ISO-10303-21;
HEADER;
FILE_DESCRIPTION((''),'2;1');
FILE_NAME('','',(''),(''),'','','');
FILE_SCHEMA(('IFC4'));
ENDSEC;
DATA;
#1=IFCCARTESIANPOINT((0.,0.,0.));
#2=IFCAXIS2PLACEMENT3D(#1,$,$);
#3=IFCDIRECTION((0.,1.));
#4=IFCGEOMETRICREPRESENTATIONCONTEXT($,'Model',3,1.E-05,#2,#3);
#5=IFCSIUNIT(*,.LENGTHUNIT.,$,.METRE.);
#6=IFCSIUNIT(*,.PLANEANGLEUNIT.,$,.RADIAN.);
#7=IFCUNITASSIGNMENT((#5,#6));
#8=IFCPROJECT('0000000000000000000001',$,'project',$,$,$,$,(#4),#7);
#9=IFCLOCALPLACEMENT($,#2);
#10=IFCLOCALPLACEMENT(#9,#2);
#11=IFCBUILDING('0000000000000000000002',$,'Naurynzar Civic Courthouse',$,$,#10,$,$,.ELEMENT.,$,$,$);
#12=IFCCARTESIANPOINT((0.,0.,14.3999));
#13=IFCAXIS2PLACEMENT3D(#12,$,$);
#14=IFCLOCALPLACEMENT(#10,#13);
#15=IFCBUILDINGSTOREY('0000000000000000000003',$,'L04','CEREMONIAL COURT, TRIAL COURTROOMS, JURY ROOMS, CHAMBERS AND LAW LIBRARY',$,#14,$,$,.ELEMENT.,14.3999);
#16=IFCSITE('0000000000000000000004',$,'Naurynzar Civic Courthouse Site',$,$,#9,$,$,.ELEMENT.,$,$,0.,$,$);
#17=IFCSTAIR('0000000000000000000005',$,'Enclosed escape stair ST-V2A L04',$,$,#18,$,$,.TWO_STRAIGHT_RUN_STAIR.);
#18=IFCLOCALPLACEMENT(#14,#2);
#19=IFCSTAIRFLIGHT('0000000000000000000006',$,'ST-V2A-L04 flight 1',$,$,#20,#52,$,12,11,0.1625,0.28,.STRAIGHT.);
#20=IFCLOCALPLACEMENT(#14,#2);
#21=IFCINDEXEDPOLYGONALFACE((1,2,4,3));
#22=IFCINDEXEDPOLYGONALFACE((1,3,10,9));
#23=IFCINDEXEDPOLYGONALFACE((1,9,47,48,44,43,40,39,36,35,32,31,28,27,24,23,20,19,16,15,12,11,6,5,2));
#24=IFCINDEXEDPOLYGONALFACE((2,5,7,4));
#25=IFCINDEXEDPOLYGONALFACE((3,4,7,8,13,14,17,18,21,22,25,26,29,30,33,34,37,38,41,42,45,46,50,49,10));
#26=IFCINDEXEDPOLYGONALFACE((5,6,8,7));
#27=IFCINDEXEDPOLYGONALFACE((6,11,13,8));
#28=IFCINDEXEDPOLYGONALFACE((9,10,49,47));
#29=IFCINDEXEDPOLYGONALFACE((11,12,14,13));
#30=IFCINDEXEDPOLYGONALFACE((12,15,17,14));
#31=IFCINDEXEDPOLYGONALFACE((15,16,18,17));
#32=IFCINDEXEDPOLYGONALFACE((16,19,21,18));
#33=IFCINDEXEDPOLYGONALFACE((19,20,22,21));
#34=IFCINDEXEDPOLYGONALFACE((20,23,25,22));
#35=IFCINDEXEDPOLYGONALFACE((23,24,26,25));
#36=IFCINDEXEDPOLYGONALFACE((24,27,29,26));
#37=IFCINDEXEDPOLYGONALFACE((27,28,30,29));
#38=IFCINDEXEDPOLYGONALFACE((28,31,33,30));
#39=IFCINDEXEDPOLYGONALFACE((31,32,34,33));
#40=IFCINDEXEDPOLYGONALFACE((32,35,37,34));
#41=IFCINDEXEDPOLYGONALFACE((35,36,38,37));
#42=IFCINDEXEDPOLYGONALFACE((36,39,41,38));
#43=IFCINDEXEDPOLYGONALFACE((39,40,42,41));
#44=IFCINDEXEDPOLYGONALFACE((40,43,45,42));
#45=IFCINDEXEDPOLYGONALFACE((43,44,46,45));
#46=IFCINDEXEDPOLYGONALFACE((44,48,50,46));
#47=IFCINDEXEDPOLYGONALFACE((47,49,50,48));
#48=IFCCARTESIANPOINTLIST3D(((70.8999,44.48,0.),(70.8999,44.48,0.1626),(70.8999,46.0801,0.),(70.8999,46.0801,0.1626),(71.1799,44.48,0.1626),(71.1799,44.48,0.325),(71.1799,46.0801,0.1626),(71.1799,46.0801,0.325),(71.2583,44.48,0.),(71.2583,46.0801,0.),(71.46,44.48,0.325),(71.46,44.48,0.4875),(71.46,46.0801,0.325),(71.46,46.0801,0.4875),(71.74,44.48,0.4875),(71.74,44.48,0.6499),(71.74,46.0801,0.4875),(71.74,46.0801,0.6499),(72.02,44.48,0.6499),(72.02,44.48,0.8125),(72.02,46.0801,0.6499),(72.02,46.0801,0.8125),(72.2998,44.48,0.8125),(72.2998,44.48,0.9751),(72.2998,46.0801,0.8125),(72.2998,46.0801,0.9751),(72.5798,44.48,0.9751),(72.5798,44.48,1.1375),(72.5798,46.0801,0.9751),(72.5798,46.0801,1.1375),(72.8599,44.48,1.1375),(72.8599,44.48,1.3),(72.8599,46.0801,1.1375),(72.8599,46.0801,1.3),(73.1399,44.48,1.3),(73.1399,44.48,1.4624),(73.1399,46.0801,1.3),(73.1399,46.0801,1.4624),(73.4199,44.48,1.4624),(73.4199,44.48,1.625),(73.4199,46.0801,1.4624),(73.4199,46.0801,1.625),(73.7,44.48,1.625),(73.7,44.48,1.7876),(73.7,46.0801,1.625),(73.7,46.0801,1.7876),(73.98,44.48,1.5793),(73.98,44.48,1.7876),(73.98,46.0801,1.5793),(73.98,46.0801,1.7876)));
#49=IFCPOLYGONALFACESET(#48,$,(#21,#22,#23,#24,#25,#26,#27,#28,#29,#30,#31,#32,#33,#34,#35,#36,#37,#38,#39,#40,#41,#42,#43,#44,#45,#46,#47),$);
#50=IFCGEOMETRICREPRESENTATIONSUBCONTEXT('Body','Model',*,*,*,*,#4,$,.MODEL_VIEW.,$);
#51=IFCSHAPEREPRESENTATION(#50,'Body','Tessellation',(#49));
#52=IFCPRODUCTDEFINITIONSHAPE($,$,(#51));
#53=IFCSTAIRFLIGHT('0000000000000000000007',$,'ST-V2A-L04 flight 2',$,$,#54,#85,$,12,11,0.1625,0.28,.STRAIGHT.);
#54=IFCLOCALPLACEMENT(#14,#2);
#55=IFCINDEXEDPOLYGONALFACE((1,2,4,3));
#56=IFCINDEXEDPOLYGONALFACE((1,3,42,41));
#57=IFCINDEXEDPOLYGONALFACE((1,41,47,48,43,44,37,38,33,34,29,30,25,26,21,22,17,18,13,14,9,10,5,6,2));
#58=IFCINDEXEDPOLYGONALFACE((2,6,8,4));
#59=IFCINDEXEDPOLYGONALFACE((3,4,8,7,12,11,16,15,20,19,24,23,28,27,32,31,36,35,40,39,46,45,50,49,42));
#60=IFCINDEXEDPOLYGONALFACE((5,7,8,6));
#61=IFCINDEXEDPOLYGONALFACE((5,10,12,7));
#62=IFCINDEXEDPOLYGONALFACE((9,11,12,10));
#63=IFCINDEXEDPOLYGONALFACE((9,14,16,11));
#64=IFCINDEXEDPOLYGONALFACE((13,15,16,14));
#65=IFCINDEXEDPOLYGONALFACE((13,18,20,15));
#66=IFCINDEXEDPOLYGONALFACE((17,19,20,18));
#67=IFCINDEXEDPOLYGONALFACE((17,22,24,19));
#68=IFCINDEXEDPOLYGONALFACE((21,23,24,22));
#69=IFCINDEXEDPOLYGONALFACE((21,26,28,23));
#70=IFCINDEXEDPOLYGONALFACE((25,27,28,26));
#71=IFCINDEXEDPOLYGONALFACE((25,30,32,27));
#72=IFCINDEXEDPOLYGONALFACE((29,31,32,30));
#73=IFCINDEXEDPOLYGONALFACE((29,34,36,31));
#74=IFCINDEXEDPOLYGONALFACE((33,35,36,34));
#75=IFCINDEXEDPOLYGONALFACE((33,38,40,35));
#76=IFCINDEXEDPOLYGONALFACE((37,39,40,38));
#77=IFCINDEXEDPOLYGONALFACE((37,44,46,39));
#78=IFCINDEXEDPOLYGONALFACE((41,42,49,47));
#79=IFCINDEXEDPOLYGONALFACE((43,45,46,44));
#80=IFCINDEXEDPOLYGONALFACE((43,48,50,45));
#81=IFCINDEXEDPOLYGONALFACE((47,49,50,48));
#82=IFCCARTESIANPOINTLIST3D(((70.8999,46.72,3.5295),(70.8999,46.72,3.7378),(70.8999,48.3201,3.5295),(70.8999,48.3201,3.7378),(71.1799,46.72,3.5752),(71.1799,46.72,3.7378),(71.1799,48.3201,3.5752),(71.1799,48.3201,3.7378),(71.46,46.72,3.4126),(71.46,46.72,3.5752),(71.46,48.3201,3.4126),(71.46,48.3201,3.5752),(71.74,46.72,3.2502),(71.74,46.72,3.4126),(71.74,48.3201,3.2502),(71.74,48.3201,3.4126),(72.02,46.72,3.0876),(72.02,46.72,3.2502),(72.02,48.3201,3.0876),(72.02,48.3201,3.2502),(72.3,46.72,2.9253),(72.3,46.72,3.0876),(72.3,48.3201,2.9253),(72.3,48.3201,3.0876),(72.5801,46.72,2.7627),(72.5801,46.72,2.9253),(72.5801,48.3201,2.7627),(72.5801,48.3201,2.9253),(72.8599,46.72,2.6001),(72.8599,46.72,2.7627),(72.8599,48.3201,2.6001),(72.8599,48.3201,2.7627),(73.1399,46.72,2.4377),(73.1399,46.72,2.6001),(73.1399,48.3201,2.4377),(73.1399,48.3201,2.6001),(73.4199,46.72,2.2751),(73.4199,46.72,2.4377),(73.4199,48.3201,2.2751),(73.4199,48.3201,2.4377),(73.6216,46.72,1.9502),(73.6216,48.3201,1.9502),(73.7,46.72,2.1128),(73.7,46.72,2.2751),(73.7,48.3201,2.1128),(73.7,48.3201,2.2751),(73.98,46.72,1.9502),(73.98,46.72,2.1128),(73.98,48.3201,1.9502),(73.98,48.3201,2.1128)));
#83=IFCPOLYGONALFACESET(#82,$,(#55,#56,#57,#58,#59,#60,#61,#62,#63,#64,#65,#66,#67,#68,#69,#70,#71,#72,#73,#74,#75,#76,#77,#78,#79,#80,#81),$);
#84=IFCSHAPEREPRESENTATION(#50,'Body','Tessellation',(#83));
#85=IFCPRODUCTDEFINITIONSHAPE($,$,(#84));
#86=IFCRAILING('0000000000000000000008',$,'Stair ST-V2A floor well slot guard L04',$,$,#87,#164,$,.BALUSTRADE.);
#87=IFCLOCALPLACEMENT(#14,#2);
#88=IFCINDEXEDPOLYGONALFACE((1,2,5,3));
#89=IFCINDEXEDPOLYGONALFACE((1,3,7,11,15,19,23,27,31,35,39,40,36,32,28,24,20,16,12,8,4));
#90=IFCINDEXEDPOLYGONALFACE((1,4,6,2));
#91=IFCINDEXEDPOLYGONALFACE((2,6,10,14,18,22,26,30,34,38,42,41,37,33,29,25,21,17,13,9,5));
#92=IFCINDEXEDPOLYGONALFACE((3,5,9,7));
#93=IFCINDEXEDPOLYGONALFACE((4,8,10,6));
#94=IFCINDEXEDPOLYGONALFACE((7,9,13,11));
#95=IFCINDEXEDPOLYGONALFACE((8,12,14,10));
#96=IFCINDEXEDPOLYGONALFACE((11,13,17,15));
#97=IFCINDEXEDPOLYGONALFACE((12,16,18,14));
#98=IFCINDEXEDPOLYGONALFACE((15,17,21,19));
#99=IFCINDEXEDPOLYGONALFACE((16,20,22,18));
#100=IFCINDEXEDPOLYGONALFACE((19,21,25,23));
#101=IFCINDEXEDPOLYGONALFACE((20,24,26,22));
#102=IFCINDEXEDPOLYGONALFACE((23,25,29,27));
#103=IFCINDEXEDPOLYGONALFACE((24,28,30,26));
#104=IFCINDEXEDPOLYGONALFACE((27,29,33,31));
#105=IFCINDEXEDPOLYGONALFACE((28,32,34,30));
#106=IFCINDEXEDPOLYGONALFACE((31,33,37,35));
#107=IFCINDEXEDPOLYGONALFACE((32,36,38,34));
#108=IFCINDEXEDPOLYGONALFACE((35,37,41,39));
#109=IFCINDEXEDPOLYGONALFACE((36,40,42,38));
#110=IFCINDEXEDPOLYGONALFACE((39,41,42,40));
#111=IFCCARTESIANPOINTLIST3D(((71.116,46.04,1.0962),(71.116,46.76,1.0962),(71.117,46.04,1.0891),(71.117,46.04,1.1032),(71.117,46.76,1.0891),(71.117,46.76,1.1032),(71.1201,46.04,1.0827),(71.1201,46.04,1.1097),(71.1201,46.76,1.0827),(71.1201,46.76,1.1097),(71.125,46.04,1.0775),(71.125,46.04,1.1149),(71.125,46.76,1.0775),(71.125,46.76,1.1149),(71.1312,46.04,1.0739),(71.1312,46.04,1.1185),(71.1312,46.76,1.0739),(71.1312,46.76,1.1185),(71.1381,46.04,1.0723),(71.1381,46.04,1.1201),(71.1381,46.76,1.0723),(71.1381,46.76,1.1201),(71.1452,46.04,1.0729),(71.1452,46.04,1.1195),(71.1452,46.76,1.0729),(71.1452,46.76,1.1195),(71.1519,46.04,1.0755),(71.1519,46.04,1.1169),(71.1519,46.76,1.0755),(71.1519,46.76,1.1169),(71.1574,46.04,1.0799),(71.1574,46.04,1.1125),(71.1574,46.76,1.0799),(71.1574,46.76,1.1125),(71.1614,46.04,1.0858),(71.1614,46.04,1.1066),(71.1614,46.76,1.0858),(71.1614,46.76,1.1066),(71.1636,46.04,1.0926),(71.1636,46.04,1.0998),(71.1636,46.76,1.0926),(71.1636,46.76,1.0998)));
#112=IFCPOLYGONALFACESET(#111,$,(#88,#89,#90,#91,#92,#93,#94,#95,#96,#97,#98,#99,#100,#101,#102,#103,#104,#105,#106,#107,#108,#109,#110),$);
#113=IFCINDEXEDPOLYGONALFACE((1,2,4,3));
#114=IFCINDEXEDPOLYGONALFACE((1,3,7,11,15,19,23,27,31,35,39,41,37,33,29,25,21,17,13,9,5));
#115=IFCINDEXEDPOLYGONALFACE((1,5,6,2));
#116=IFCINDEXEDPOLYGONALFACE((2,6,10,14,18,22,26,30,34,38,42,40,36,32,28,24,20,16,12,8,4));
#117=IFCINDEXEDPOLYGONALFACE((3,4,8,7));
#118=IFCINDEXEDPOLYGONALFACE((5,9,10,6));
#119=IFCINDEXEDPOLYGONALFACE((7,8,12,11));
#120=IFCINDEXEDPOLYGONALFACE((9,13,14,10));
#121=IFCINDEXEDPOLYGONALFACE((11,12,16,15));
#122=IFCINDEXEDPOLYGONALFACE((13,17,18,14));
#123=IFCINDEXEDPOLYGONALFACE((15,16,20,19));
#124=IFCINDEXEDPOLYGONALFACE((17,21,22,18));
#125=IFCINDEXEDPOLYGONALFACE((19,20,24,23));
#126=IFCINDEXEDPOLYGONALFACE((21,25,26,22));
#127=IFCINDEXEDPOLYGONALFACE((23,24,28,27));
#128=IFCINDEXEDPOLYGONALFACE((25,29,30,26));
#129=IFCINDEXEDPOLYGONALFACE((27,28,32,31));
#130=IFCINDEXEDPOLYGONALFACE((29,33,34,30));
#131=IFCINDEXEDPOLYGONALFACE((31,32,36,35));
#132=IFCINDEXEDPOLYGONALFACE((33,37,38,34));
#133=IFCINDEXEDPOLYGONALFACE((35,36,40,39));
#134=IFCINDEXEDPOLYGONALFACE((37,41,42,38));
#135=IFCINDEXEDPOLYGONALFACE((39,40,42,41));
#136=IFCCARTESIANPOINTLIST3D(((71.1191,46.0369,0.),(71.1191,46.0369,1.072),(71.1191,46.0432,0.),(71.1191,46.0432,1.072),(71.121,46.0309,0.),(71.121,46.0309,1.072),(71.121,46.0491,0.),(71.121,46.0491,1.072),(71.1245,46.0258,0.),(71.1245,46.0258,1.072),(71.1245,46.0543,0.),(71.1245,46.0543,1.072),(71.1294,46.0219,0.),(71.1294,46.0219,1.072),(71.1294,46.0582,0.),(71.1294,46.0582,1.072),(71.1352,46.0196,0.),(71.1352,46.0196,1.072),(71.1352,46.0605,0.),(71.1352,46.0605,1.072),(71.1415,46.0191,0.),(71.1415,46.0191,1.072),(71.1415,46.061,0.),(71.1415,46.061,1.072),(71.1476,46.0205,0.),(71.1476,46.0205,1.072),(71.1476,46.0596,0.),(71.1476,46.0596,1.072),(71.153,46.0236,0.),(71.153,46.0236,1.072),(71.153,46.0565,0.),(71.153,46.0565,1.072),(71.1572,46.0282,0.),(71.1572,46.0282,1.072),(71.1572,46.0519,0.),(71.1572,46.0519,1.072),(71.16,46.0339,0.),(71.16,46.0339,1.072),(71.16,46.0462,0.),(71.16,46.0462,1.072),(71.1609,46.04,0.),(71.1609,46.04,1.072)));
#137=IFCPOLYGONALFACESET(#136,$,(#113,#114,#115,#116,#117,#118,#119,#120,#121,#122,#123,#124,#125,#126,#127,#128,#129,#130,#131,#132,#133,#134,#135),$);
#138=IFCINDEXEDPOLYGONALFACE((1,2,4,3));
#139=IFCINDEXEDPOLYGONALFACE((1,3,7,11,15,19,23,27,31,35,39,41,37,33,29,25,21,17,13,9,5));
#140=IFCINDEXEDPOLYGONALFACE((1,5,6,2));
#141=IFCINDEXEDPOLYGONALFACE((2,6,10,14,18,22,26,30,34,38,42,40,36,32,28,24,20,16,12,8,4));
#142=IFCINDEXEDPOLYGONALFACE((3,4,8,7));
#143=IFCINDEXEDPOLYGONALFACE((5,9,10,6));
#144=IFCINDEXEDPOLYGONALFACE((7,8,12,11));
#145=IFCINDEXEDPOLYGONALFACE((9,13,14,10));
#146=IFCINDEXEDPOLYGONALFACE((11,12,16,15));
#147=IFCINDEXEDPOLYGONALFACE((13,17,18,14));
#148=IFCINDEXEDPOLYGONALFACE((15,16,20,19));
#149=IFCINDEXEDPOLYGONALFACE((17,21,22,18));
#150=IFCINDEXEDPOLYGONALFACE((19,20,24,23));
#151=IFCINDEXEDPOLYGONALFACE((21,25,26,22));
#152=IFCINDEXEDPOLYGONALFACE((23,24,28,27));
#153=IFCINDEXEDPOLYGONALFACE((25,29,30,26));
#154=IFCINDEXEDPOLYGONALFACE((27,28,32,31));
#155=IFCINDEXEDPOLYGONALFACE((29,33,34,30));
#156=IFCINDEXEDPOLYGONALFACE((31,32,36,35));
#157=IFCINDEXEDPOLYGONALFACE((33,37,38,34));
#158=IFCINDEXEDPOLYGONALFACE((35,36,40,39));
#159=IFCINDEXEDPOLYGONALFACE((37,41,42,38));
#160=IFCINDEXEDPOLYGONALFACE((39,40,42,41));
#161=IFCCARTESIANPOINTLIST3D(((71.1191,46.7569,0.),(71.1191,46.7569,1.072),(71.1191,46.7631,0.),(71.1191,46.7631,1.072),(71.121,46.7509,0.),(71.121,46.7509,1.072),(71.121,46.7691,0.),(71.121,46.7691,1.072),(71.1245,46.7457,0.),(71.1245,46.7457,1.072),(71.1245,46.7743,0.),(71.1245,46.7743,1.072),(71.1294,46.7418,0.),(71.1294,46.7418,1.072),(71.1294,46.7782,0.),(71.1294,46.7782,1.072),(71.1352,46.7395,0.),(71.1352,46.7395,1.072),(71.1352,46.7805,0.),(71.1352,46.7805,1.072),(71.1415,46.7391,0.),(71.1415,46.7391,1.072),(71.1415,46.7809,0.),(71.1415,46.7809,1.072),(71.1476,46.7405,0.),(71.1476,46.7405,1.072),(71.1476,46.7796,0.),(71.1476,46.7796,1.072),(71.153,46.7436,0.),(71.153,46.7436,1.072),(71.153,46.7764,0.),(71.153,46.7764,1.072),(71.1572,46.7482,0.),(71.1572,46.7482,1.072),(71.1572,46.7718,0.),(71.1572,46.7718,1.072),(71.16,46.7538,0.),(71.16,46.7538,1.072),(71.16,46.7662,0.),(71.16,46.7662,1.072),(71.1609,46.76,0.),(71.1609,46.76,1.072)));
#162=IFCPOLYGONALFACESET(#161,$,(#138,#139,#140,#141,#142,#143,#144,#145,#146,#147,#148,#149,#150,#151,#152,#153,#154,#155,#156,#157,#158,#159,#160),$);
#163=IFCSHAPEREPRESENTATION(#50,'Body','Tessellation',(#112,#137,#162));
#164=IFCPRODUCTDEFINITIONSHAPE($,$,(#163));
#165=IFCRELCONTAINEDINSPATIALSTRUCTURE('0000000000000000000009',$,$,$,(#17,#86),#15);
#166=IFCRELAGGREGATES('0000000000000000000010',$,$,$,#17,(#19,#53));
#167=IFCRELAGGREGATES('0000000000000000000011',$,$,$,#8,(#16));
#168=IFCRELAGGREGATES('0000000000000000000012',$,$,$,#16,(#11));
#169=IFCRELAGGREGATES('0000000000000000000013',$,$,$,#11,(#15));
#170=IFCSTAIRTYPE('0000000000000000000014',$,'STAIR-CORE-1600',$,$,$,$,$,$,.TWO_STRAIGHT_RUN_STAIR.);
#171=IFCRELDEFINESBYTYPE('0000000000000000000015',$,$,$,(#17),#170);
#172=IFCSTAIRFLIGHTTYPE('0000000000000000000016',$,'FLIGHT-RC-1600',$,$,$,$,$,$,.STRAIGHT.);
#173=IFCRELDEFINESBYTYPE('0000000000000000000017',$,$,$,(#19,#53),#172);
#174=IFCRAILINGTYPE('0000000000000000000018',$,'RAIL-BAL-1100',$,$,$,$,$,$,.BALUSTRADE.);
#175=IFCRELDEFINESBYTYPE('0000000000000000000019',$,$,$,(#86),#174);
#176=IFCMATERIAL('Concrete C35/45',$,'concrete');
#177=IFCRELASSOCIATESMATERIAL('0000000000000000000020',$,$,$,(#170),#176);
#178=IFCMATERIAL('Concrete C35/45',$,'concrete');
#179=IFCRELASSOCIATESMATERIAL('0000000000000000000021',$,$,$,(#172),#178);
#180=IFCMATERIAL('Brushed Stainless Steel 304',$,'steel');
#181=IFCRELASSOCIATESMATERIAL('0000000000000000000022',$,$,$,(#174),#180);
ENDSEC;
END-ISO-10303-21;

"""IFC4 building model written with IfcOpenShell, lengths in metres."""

from ifc_helpers import new_model, si_unit, direction, frame, origin, origin_2d, place, context, subcontext, project, spatial, polyline, circle, outline, extrude, material, type_object, element, aggregate, save


model = new_model("IFC4")

# Units and contexts
model_context = context("Model", 3, precision=1e-05, world=origin(), true_north=direction((0.0, 1.0)))
body_context = subcontext(model_context, "Body", "Model", "MODEL_VIEW")
ifc_project = project(units=[si_unit("LENGTHUNIT", "METRE"), si_unit("PLANEANGLEUNIT", "RADIAN")], contexts=[model_context])

# Site, building, storey
site_placement = place(None, origin())
site = spatial("IfcSite", under=ifc_project, at=site_placement, Name="Naurynzar Civic Courthouse Site", CompositionType="ELEMENT", RefElevation=0.0)
building_placement = place(site_placement, origin())
building = spatial("IfcBuilding", under=site, at=building_placement, Name="Naurynzar Civic Courthouse", CompositionType="ELEMENT")
storey_placement = place(building_placement, frame((0.0, 0.0, 14.3999)))
storey = spatial("IfcBuildingStorey", under=building, at=storey_placement, Name="L04", Description="CEREMONIAL COURT, TRIAL COURTROOMS, JURY ROOMS, CHAMBERS AND LAW LIBRARY", CompositionType="ELEMENT", Elevation=14.3999)

# Stair, stair flights
ifc_material_1 = material(Name="Concrete C35/45", Category="concrete")
stair_type = type_object("IfcStairType", Name="STAIR-CORE-1600", PredefinedType="TWO_STRAIGHT_RUN_STAIR", material=ifc_material_1)
stair_placement = place(storey_placement, origin())
stair = element("IfcStair", 1, at=stair_placement, inside=storey, type_object=stair_type, Name="Enclosed escape stair ST-V2A L04", PredefinedType="TWO_STRAIGHT_RUN_STAIR")
ifc_material_2 = material(Name="Concrete C35/45", Category="concrete")
stair_flight_type = type_object("IfcStairFlightType", Name="FLIGHT-RC-1600", PredefinedType="STRAIGHT", material=ifc_material_2)
stair_flight_1_placement = place(storey_placement, frame((70.8999, 45.28, 0.0), z_axis=(0.0, 0.0, 1.0), x_axis=(1.0, 0.0, 0.0)))
stair_flight_1 = element("IfcStairFlight", 2, at=stair_flight_1_placement, type_object=stair_flight_type, Name="ST-V2A-L04 flight 1", NumberOfRisers=12, NumberOfTreads=11, PredefinedType="STRAIGHT", RiserHeight=0.1625, TreadLength=0.28, context=body_context, shape_type="SweptSolid", body=[
    extrude(outline(polyline([(0.0, 0.0), (0.0, 0.1626), (0.28, 0.1626), (0.28, 0.325), (0.5601, 0.325), (0.5601, 0.4875), (0.8401, 0.4875), (0.8401, 0.6499), (1.1201, 0.6499), (1.1201, 0.8125), (1.3999, 0.8125), (1.3999, 0.9751), (1.6799, 0.9751), (1.6799, 1.1375), (1.96, 1.1375), (1.96, 1.3), (2.24, 1.3), (2.24, 1.4624), (2.52, 1.4624), (2.52, 1.625), (2.8, 1.625), (2.8, 1.7876), (3.0801, 1.7876), (3.0801, 1.95), (3.0801, 1.5793), (0.3584, 0.0), (0.0, 0.0)])), frame((0.0, 0.8, 0.0), z_axis=(0.0, -1.0, 0.0), x_axis=(1.0, 0.0, 0.0)), (0.0, 0.0, 1.0), 1.6001),
])
stair_flight_2_placement = place(storey_placement, frame((73.98, 47.52, 1.9502), z_axis=(0.0, 0.0, 1.0), x_axis=(-1.0, 0.0, 0.0)))
stair_flight_2 = element("IfcStairFlight", 3, at=stair_flight_2_placement, type_object=stair_flight_type, Name="ST-V2A-L04 flight 2", NumberOfRisers=12, NumberOfTreads=11, PredefinedType="STRAIGHT", RiserHeight=0.1625, TreadLength=0.28, context=body_context, shape_type="SweptSolid", body=[
    extrude(outline(polyline([(0.0, 0.0), (0.0, 0.1626), (0.28, 0.1626), (0.28, 0.325), (0.5601, 0.325), (0.5601, 0.4875), (0.8401, 0.4875), (0.8401, 0.6499), (1.1201, 0.6499), (1.1201, 0.8125), (1.3999, 0.8125), (1.3999, 0.9751), (1.6799, 0.9751), (1.6799, 1.1375), (1.96, 1.1375), (1.96, 1.3), (2.24, 1.3), (2.24, 1.4624), (2.52, 1.4624), (2.52, 1.625), (2.8, 1.625), (2.8, 1.7876), (3.0801, 1.7876), (3.0801, 1.95), (3.0801, 1.5793), (0.3584, 0.0), (0.0, 0.0)])), frame((0.0, 0.8, 0.0), z_axis=(0.0, -1.0, 0.0), x_axis=(1.0, 0.0, 0.0)), (0.0, 0.0, 1.0), 1.6001),
])
aggregate(stair, [stair_flight_1, stair_flight_2])

# Railing
ifc_material_3 = material(Name="Brushed Stainless Steel 304", Category="steel")
railing_type_1 = type_object("IfcRailingType", Name="RAIL-BAL-1100", PredefinedType="BALUSTRADE", material=ifc_material_3)
for number, where, name in (
    (4, (71.1399, 46.04, 0.0), "Stair ST-V2A floor well slot guard L04"),
):
    element("IfcRailing", number, at=place(storey_placement, frame(where)), inside=storey, type_object=railing_type_1, Name=name, PredefinedType="BALUSTRADE", context=body_context, shape_type="SweptSolid", body=[
        extrude(circle(Radius=0.0239, at=origin_2d()), frame((0.0, 0.0, 1.0962), z_axis=(0.0, 1.0, 0.0), x_axis=(-1.0, 0.0, 0.0)), (0.0, 0.0, 1.0), 0.72),
        extrude(circle(Radius=0.021, at=origin_2d()), origin(), (0.0, 0.0, 1.0), 1.072),
        extrude(circle(Radius=0.021, at=origin_2d()), frame((0.0, 0.72, 0.0)), (0.0, 0.0, 1.0), 1.072),
    ])

save(model, "model.ifc")
